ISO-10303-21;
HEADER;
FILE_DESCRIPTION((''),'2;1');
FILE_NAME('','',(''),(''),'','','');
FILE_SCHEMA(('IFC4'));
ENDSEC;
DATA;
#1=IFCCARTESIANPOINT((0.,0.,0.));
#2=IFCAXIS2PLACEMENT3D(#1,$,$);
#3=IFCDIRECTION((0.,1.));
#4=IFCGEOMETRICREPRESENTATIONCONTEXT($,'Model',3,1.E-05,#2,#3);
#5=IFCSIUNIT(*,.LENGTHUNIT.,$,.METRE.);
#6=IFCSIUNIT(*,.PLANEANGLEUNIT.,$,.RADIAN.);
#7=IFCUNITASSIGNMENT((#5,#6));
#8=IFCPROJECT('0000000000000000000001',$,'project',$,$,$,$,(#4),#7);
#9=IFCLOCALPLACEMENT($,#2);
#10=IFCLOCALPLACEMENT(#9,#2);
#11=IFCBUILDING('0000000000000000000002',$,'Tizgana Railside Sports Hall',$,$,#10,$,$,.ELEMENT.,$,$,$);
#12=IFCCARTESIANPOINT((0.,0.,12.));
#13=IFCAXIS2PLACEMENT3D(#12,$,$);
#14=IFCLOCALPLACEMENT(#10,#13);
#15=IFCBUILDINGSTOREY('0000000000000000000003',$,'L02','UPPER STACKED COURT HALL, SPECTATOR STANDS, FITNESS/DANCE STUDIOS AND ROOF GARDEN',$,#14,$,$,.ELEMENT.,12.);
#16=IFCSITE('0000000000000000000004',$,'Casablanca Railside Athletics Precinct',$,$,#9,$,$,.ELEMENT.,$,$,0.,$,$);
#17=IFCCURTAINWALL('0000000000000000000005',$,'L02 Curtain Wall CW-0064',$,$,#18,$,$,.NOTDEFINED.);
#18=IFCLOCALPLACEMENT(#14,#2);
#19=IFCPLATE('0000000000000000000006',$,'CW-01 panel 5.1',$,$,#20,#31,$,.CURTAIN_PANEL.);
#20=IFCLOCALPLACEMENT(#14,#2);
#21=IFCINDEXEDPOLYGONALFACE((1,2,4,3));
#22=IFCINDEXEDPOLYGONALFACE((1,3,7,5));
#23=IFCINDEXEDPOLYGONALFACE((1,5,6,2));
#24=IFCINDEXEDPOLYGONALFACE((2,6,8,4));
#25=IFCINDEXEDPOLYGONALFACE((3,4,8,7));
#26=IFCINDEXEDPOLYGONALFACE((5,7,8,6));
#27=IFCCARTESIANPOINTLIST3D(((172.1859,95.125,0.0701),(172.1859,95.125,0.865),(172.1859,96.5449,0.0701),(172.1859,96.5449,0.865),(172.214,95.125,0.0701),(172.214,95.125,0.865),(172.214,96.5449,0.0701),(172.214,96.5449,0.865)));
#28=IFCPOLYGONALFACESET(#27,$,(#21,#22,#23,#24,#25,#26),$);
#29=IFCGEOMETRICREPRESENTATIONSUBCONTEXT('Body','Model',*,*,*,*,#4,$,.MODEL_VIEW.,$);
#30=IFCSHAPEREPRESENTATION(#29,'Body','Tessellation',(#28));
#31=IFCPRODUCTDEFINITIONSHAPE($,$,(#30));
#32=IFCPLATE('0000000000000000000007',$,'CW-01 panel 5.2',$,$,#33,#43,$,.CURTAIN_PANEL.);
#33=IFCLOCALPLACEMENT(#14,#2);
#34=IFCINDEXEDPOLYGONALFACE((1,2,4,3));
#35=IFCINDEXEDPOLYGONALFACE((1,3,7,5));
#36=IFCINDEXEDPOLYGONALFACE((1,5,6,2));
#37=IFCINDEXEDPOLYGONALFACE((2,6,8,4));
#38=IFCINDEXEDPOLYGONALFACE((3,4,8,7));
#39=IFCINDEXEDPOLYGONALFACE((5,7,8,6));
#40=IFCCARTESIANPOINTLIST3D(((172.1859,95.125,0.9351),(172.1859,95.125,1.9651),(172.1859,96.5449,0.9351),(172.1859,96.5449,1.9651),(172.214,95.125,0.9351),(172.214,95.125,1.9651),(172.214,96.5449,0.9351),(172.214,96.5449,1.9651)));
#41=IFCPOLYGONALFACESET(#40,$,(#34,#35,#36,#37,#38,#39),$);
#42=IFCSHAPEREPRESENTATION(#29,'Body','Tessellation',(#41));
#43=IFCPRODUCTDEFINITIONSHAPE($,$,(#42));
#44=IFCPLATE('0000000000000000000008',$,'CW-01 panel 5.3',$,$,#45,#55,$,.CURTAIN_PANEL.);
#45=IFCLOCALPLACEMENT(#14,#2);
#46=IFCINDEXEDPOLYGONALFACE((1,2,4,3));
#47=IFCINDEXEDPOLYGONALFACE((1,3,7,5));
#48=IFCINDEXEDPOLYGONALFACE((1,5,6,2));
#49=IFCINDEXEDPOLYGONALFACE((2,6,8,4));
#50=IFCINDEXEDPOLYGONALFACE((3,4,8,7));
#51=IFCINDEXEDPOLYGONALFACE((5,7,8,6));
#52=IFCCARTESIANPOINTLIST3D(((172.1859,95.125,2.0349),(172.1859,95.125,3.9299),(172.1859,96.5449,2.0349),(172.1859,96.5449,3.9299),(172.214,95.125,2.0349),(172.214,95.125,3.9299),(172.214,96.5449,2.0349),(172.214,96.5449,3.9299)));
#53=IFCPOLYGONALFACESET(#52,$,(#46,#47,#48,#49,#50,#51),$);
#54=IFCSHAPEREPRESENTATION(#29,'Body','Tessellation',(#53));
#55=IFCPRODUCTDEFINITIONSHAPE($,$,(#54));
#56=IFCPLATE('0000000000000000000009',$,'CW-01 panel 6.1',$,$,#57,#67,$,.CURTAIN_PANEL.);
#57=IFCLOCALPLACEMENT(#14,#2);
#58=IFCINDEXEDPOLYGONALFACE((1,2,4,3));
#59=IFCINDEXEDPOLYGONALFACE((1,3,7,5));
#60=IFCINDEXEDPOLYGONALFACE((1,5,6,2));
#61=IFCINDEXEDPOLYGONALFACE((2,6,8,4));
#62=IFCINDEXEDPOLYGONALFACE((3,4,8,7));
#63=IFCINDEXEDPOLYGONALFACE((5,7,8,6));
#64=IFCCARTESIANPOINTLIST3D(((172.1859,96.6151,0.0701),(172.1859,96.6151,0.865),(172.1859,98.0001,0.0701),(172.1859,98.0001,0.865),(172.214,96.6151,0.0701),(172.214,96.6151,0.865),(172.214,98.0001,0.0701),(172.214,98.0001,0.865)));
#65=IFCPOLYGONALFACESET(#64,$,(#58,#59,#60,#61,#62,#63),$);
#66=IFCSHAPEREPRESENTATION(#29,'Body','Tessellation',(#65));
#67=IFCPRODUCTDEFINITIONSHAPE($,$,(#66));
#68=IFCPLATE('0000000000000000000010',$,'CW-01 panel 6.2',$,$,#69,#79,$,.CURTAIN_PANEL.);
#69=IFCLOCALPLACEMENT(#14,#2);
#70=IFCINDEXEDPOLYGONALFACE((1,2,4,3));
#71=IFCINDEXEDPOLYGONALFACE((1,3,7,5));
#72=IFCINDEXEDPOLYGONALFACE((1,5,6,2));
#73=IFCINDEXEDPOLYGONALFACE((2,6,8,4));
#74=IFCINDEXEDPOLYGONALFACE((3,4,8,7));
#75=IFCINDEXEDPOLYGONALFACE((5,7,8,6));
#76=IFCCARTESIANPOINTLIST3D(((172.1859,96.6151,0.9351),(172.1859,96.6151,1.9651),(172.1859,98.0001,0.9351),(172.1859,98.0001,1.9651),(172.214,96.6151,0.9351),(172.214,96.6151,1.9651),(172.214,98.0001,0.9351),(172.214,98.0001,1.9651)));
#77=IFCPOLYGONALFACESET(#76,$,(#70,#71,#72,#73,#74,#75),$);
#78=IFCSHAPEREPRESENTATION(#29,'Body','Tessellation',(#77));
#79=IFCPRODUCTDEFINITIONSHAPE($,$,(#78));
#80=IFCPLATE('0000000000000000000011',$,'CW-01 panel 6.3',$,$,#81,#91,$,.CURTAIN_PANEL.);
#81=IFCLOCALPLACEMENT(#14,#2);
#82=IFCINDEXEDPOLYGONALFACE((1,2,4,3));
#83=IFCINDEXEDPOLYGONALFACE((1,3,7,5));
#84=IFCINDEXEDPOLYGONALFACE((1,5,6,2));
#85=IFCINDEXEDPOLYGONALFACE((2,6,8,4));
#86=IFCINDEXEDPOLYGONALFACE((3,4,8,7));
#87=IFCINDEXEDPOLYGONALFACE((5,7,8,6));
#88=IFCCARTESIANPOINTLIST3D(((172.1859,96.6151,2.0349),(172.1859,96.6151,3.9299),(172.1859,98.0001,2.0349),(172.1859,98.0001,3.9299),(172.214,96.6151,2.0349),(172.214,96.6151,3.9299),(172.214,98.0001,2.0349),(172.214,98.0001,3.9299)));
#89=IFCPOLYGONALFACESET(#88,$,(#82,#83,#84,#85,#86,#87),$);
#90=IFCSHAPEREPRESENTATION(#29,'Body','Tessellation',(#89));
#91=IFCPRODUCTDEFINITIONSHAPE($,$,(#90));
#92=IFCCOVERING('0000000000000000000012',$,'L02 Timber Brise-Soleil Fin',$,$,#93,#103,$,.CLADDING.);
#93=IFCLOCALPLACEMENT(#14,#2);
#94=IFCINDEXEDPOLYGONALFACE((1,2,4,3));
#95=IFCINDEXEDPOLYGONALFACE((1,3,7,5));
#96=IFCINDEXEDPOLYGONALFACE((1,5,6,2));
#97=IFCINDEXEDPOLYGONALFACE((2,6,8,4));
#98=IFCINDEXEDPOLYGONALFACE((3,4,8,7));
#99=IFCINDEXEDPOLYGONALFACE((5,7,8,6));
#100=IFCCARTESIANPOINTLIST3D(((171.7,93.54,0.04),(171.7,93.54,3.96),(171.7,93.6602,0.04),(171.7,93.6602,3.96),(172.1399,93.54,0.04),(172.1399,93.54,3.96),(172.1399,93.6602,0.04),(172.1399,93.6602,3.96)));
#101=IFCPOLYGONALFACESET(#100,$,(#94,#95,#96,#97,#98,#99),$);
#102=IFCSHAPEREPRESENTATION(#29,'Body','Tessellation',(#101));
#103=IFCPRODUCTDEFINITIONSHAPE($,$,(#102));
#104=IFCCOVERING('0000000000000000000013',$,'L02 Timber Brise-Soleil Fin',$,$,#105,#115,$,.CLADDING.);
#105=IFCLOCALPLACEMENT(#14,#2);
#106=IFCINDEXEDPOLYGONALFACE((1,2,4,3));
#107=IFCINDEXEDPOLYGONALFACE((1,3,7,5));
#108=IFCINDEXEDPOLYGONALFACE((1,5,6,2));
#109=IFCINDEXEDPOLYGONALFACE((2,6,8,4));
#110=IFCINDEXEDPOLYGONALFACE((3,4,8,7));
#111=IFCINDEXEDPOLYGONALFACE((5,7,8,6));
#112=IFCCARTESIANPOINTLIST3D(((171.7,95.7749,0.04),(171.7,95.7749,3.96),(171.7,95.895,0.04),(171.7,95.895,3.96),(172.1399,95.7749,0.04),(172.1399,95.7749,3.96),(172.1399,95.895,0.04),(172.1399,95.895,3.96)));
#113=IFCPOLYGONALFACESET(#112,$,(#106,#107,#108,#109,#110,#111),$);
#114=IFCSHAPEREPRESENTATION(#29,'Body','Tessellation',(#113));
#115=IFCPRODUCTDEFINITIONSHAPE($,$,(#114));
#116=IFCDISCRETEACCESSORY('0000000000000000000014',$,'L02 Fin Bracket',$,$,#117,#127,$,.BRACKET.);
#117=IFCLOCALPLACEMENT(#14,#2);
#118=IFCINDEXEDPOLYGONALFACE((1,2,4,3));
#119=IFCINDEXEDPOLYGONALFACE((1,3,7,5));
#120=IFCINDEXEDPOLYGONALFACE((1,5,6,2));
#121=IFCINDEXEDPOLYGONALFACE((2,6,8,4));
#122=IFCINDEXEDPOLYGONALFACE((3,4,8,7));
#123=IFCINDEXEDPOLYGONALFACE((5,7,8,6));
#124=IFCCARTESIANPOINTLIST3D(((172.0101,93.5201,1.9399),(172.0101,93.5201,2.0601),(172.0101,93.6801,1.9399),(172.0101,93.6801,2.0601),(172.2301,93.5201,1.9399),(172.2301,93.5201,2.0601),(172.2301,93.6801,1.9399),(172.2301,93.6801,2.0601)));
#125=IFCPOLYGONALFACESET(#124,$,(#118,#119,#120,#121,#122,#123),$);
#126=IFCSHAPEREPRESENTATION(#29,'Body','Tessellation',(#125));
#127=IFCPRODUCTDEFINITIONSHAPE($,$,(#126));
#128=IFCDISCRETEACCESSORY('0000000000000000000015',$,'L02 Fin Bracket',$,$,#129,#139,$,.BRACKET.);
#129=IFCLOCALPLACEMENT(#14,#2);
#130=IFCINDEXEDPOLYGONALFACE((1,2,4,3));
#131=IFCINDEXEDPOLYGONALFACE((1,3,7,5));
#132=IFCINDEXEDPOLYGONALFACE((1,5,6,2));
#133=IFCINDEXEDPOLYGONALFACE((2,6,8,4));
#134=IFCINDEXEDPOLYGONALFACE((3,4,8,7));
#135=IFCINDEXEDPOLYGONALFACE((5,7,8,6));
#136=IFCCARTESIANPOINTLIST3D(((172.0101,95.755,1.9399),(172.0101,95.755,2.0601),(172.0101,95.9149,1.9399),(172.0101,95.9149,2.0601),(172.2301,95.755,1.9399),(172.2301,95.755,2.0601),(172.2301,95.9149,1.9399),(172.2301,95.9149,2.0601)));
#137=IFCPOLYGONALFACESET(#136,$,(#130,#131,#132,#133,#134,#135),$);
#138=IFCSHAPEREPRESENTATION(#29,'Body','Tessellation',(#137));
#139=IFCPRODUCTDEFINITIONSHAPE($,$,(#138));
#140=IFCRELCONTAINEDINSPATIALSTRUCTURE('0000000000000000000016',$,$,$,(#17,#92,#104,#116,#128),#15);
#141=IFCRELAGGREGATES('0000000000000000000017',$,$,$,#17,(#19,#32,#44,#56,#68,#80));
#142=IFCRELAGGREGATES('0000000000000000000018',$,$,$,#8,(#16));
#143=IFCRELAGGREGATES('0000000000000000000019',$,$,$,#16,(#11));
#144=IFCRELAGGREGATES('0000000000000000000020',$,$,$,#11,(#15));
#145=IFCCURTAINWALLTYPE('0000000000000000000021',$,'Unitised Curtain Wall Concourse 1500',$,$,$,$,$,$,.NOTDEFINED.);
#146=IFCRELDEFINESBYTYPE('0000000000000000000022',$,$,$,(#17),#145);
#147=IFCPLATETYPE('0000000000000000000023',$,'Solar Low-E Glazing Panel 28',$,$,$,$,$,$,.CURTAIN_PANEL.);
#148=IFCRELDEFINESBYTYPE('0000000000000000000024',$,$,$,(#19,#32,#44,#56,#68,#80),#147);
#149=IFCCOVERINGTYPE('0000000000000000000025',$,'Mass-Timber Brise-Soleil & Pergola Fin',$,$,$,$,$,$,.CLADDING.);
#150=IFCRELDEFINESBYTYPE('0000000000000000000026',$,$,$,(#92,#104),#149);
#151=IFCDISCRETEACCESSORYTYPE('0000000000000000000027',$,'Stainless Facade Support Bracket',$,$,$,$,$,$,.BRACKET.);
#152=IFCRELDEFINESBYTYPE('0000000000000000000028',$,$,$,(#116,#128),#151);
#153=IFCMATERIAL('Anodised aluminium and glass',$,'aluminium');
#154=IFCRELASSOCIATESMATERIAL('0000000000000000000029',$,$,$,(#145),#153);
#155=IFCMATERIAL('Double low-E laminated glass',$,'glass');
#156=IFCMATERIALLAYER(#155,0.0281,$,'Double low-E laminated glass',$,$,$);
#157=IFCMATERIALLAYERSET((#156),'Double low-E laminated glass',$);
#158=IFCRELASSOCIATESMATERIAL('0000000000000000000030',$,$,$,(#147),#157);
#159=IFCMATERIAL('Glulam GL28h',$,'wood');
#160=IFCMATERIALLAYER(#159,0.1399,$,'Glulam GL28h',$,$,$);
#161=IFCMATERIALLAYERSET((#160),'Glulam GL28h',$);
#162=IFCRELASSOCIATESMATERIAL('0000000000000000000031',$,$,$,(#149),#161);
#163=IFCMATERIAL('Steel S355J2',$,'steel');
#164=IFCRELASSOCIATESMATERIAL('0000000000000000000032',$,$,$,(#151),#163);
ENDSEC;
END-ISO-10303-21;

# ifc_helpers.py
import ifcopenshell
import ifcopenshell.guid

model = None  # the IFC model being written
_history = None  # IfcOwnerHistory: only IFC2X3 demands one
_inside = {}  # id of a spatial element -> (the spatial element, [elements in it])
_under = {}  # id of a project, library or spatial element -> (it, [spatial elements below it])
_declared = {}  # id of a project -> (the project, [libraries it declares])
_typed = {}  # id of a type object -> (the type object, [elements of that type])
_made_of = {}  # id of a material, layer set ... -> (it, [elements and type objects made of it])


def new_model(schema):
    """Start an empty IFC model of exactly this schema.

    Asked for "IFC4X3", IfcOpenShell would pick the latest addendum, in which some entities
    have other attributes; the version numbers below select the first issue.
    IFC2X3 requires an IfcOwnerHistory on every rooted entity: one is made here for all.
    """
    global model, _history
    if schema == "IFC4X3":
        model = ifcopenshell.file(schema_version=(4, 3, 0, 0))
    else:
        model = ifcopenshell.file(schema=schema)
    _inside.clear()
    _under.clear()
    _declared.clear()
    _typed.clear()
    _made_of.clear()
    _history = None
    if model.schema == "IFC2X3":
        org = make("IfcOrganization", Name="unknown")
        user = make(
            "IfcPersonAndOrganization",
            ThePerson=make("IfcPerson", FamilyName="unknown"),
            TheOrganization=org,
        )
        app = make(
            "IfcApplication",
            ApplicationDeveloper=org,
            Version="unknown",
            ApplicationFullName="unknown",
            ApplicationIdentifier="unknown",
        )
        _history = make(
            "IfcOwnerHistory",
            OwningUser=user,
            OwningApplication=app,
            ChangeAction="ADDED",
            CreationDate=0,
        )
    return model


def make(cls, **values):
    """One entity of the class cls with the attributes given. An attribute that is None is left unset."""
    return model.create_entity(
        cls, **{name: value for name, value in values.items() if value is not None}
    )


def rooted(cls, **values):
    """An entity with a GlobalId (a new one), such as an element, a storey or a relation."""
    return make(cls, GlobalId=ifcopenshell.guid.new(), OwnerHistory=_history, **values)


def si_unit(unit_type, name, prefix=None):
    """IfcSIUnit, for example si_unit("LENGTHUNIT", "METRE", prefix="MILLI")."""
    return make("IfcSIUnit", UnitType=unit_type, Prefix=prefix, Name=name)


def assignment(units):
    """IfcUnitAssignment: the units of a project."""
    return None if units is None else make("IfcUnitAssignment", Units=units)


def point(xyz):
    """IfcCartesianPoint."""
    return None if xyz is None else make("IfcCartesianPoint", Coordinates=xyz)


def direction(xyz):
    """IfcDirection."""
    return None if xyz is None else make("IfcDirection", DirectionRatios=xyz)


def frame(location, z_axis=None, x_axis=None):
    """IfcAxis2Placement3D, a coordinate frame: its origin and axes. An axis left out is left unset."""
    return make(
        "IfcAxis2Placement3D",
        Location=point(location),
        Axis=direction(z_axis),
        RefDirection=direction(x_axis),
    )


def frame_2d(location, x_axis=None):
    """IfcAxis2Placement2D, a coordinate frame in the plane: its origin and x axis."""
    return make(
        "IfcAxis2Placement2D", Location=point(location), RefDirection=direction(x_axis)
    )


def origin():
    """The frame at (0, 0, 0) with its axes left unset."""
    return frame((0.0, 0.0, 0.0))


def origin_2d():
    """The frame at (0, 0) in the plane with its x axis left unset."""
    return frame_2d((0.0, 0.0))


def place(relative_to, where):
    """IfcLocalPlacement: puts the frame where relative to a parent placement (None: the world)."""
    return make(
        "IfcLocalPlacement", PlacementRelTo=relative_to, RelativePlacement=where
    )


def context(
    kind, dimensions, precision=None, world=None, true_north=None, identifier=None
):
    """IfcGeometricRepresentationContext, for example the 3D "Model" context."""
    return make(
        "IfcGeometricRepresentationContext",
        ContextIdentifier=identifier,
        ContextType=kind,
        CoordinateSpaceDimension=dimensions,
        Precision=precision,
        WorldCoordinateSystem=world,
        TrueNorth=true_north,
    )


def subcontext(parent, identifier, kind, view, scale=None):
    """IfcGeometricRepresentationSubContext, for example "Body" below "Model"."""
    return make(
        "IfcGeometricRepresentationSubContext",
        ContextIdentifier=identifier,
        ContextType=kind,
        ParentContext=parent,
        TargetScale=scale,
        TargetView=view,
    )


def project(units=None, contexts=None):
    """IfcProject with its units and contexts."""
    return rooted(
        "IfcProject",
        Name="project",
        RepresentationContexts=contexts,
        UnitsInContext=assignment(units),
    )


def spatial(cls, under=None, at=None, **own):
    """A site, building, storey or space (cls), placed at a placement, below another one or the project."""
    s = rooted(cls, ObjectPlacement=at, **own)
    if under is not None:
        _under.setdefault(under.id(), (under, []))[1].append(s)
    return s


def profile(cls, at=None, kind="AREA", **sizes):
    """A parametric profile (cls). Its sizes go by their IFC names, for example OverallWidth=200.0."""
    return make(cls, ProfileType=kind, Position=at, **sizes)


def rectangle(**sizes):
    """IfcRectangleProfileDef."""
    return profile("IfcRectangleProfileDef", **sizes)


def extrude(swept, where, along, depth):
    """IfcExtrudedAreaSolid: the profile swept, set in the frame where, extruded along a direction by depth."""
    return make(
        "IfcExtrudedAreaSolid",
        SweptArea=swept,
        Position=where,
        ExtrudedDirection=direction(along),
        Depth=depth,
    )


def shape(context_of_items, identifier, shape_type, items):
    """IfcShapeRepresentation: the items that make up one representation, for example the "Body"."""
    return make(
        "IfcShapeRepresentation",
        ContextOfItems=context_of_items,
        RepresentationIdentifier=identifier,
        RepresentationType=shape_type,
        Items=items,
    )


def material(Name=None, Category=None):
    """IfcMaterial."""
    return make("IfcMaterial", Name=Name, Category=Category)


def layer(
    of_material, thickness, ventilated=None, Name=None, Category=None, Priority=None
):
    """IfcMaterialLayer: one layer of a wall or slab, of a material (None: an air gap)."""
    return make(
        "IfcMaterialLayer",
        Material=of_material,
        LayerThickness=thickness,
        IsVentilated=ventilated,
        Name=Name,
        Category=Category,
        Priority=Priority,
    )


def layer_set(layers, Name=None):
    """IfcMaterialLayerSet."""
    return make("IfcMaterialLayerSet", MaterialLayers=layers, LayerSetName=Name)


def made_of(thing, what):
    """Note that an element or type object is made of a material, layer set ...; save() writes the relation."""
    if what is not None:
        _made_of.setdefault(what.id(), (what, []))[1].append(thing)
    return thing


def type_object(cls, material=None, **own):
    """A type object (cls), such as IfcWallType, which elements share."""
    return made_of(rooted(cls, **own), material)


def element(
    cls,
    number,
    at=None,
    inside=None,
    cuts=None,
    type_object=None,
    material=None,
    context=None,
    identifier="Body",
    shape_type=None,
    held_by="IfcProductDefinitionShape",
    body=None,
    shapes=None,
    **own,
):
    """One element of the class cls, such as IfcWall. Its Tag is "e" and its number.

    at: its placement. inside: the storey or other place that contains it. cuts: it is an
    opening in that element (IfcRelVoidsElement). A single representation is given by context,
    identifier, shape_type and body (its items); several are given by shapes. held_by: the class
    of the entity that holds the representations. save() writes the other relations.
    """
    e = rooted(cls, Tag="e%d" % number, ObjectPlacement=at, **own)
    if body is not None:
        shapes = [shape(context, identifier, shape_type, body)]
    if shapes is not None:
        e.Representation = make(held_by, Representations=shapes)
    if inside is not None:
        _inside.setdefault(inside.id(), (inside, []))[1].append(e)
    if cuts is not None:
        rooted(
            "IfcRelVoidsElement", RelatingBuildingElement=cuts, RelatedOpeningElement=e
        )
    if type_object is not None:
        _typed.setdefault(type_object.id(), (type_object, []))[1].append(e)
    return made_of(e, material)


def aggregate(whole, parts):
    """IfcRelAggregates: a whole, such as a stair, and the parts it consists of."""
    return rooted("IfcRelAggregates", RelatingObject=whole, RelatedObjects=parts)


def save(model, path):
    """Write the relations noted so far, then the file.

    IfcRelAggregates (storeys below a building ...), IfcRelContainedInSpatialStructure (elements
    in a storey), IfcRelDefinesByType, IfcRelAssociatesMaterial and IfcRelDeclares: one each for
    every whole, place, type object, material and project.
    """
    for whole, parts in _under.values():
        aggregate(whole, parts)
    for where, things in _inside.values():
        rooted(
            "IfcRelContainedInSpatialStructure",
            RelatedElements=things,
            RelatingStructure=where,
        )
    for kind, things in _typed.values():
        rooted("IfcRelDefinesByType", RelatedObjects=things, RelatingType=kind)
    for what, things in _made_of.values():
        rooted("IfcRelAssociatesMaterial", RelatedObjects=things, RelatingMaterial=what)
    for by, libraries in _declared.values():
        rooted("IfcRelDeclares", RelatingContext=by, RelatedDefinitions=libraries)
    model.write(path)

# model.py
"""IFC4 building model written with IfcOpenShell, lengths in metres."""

from ifc_helpers import new_model, si_unit, direction, frame, origin, origin_2d, place, context, subcontext, project, spatial, rectangle, extrude, material, layer, layer_set, type_object, element, aggregate, save


model = new_model("IFC4")

# Units and contexts
model_context = context("Model", 3, precision=1e-05, world=origin(), true_north=direction((0.0, 1.0)))
body_context = subcontext(model_context, "Body", "Model", "MODEL_VIEW")
ifc_project = project(units=[si_unit("LENGTHUNIT", "METRE"), si_unit("PLANEANGLEUNIT", "RADIAN")], contexts=[model_context])

# Site, building, storey
site_placement = place(None, origin())
site = spatial("IfcSite", under=ifc_project, at=site_placement, Name="Casablanca Railside Athletics Precinct", CompositionType="ELEMENT", RefElevation=0.0)
building_placement = place(site_placement, origin())
building = spatial("IfcBuilding", under=site, at=building_placement, Name="Tizgana Railside Sports Hall", CompositionType="ELEMENT")
storey_placement = place(building_placement, frame((0.0, 0.0, 12.0)))
storey = spatial("IfcBuildingStorey", under=building, at=storey_placement, Name="L02", Description="UPPER STACKED COURT HALL, SPECTATOR STANDS, FITNESS/DANCE STUDIOS AND ROOF GARDEN", CompositionType="ELEMENT", Elevation=12.0)

# Shared definitions
ifc_material_1 = material(Name="Anodised aluminium and glass", Category="aluminium")

# Curtain wall
curtain_wall_type_1 = type_object("IfcCurtainWallType", Name="Unitised Curtain Wall Concourse 1500", PredefinedType="NOTDEFINED", material=ifc_material_1)
curtain_wall_1_placement = place(storey_placement, origin())
curtain_wall_1 = element("IfcCurtainWall", 1, at=curtain_wall_1_placement, inside=storey, type_object=curtain_wall_type_1, Name="L02 Curtain Wall CW-0064", PredefinedType="NOTDEFINED")

# Plates
ifc_material_2 = material(Name="Double low-E laminated glass", Category="glass")
ifc_layer_1 = layer(ifc_material_2, 0.0281, Name="Double low-E laminated glass")
ifc_layer_set_1 = layer_set([ifc_layer_1], Name="Double low-E laminated glass")
plate_type = type_object("IfcPlateType", Name="Solar Low-E Glazing Panel 28", PredefinedType="CURTAIN_PANEL", material=ifc_layer_set_1)
plate_1_placement = place(storey_placement, frame((172.2, 95.835, 0.0701), z_axis=(0.0, 0.0, 1.0), x_axis=(0.0, 1.0, 0.0)))
plate_1 = element("IfcPlate", 2, at=plate_1_placement, type_object=plate_type, Name="CW-01 panel 5.1", PredefinedType="CURTAIN_PANEL", context=body_context, shape_type="SweptSolid", body=[
    extrude(rectangle(XDim=1.4199, YDim=0.0281, at=origin_2d()), origin(), (0.0, 0.0, 1.0), 0.7949),
])
plate_2_placement = place(storey_placement, frame((172.2, 95.835, 0.9351), z_axis=(0.0, 0.0, 1.0), x_axis=(0.0, 1.0, 0.0)))
plate_2 = element("IfcPlate", 3, at=plate_2_placement, type_object=plate_type, Name="CW-01 panel 5.2", PredefinedType="CURTAIN_PANEL", context=body_context, shape_type="SweptSolid", body=[
    extrude(rectangle(XDim=1.4199, YDim=0.0281, at=origin_2d()), origin(), (0.0, 0.0, 1.0), 1.03),
])
plate_3_placement = place(storey_placement, frame((172.2, 95.835, 2.0349), z_axis=(0.0, 0.0, 1.0), x_axis=(0.0, 1.0, 0.0)))
plate_3 = element("IfcPlate", 4, at=plate_3_placement, type_object=plate_type, Name="CW-01 panel 5.3", PredefinedType="CURTAIN_PANEL", context=body_context, shape_type="SweptSolid", body=[
    extrude(rectangle(XDim=1.4199, YDim=0.0281, at=origin_2d()), origin(), (0.0, 0.0, 1.0), 1.895),
])
plate_4_placement = place(storey_placement, frame((172.2, 97.3076, 0.0701), z_axis=(0.0, 0.0, 1.0), x_axis=(0.0, 1.0, 0.0)))
plate_4 = element("IfcPlate", 5, at=plate_4_placement, type_object=plate_type, Name="CW-01 panel 6.1", PredefinedType="CURTAIN_PANEL", context=body_context, shape_type="SweptSolid", body=[
    extrude(rectangle(XDim=1.385, YDim=0.0281, at=origin_2d()), origin(), (0.0, 0.0, 1.0), 0.7949),
])
plate_5_placement = place(storey_placement, frame((172.2, 97.3076, 0.9351), z_axis=(0.0, 0.0, 1.0), x_axis=(0.0, 1.0, 0.0)))
plate_5 = element("IfcPlate", 6, at=plate_5_placement, type_object=plate_type, Name="CW-01 panel 6.2", PredefinedType="CURTAIN_PANEL", context=body_context, shape_type="SweptSolid", body=[
    extrude(rectangle(XDim=1.385, YDim=0.0281, at=origin_2d()), origin(), (0.0, 0.0, 1.0), 1.03),
])
plate_6_placement = place(storey_placement, frame((172.2, 97.3076, 2.0349), z_axis=(0.0, 0.0, 1.0), x_axis=(0.0, 1.0, 0.0)))
plate_6 = element("IfcPlate", 7, at=plate_6_placement, type_object=plate_type, Name="CW-01 panel 6.3", PredefinedType="CURTAIN_PANEL", context=body_context, shape_type="SweptSolid", body=[
    extrude(rectangle(XDim=1.385, YDim=0.0281, at=origin_2d()), origin(), (0.0, 0.0, 1.0), 1.895),
])
aggregate(curtain_wall_1, [plate_1, plate_2, plate_3, plate_4, plate_5, plate_6])

# Coverings
ifc_material_3 = material(Name="Glulam GL28h", Category="wood")
ifc_layer_2 = layer(ifc_material_3, 0.1399, Name="Glulam GL28h")
ifc_layer_set_2 = layer_set([ifc_layer_2], Name="Glulam GL28h")
covering_type = type_object("IfcCoveringType", Name="Mass-Timber Brise-Soleil & Pergola Fin", PredefinedType="CLADDING", material=ifc_layer_set_2)
for number, where, z_axis, x_axis, name in (
    (8, (171.9199, 93.6001, 0.04), (0.0, 0.0, 1.0), (0.0, 1.0, 0.0), "L02 Timber Brise-Soleil Fin"),
    (9, (171.9199, 95.835, 0.04), (0.0, 0.0, 1.0), (0.0, 1.0, 0.0), "L02 Timber Brise-Soleil Fin"),
):
    element("IfcCovering", number, at=place(storey_placement, frame(where, z_axis=z_axis, x_axis=x_axis)), inside=storey, type_object=covering_type, Name=name, PredefinedType="CLADDING", context=body_context, shape_type="SweptSolid", body=[
        extrude(rectangle(XDim=0.1201, YDim=0.4399, at=origin_2d()), origin(), (0.0, 0.0, 1.0), 3.9199),
    ])

# Discrete accessories
ifc_material_4 = material(Name="Steel S355J2", Category="steel")
discrete_accessory_type = type_object("IfcDiscreteAccessoryType", Name="Stainless Facade Support Bracket", PredefinedType="BRACKET", material=ifc_material_4)
for number, where, z_axis, x_axis, name in (
    (10, (172.1201, 93.6001, 1.9399), (0.0, 0.0, 1.0), (0.0, 1.0, 0.0), "L02 Fin Bracket"),
    (11, (172.1201, 95.835, 1.9399), (0.0, 0.0, 1.0), (0.0, 1.0, 0.0), "L02 Fin Bracket"),
):
    element("IfcDiscreteAccessory", number, at=place(storey_placement, frame(where, z_axis=z_axis, x_axis=x_axis)), inside=storey, type_object=discrete_accessory_type, Name=name, PredefinedType="BRACKET", context=body_context, shape_type="SweptSolid", body=[
        extrude(rectangle(XDim=0.1599, YDim=0.22, at=origin_2d()), origin(), (0.0, 0.0, 1.0), 0.1201),
    ])

save(model, "model.ifc")
